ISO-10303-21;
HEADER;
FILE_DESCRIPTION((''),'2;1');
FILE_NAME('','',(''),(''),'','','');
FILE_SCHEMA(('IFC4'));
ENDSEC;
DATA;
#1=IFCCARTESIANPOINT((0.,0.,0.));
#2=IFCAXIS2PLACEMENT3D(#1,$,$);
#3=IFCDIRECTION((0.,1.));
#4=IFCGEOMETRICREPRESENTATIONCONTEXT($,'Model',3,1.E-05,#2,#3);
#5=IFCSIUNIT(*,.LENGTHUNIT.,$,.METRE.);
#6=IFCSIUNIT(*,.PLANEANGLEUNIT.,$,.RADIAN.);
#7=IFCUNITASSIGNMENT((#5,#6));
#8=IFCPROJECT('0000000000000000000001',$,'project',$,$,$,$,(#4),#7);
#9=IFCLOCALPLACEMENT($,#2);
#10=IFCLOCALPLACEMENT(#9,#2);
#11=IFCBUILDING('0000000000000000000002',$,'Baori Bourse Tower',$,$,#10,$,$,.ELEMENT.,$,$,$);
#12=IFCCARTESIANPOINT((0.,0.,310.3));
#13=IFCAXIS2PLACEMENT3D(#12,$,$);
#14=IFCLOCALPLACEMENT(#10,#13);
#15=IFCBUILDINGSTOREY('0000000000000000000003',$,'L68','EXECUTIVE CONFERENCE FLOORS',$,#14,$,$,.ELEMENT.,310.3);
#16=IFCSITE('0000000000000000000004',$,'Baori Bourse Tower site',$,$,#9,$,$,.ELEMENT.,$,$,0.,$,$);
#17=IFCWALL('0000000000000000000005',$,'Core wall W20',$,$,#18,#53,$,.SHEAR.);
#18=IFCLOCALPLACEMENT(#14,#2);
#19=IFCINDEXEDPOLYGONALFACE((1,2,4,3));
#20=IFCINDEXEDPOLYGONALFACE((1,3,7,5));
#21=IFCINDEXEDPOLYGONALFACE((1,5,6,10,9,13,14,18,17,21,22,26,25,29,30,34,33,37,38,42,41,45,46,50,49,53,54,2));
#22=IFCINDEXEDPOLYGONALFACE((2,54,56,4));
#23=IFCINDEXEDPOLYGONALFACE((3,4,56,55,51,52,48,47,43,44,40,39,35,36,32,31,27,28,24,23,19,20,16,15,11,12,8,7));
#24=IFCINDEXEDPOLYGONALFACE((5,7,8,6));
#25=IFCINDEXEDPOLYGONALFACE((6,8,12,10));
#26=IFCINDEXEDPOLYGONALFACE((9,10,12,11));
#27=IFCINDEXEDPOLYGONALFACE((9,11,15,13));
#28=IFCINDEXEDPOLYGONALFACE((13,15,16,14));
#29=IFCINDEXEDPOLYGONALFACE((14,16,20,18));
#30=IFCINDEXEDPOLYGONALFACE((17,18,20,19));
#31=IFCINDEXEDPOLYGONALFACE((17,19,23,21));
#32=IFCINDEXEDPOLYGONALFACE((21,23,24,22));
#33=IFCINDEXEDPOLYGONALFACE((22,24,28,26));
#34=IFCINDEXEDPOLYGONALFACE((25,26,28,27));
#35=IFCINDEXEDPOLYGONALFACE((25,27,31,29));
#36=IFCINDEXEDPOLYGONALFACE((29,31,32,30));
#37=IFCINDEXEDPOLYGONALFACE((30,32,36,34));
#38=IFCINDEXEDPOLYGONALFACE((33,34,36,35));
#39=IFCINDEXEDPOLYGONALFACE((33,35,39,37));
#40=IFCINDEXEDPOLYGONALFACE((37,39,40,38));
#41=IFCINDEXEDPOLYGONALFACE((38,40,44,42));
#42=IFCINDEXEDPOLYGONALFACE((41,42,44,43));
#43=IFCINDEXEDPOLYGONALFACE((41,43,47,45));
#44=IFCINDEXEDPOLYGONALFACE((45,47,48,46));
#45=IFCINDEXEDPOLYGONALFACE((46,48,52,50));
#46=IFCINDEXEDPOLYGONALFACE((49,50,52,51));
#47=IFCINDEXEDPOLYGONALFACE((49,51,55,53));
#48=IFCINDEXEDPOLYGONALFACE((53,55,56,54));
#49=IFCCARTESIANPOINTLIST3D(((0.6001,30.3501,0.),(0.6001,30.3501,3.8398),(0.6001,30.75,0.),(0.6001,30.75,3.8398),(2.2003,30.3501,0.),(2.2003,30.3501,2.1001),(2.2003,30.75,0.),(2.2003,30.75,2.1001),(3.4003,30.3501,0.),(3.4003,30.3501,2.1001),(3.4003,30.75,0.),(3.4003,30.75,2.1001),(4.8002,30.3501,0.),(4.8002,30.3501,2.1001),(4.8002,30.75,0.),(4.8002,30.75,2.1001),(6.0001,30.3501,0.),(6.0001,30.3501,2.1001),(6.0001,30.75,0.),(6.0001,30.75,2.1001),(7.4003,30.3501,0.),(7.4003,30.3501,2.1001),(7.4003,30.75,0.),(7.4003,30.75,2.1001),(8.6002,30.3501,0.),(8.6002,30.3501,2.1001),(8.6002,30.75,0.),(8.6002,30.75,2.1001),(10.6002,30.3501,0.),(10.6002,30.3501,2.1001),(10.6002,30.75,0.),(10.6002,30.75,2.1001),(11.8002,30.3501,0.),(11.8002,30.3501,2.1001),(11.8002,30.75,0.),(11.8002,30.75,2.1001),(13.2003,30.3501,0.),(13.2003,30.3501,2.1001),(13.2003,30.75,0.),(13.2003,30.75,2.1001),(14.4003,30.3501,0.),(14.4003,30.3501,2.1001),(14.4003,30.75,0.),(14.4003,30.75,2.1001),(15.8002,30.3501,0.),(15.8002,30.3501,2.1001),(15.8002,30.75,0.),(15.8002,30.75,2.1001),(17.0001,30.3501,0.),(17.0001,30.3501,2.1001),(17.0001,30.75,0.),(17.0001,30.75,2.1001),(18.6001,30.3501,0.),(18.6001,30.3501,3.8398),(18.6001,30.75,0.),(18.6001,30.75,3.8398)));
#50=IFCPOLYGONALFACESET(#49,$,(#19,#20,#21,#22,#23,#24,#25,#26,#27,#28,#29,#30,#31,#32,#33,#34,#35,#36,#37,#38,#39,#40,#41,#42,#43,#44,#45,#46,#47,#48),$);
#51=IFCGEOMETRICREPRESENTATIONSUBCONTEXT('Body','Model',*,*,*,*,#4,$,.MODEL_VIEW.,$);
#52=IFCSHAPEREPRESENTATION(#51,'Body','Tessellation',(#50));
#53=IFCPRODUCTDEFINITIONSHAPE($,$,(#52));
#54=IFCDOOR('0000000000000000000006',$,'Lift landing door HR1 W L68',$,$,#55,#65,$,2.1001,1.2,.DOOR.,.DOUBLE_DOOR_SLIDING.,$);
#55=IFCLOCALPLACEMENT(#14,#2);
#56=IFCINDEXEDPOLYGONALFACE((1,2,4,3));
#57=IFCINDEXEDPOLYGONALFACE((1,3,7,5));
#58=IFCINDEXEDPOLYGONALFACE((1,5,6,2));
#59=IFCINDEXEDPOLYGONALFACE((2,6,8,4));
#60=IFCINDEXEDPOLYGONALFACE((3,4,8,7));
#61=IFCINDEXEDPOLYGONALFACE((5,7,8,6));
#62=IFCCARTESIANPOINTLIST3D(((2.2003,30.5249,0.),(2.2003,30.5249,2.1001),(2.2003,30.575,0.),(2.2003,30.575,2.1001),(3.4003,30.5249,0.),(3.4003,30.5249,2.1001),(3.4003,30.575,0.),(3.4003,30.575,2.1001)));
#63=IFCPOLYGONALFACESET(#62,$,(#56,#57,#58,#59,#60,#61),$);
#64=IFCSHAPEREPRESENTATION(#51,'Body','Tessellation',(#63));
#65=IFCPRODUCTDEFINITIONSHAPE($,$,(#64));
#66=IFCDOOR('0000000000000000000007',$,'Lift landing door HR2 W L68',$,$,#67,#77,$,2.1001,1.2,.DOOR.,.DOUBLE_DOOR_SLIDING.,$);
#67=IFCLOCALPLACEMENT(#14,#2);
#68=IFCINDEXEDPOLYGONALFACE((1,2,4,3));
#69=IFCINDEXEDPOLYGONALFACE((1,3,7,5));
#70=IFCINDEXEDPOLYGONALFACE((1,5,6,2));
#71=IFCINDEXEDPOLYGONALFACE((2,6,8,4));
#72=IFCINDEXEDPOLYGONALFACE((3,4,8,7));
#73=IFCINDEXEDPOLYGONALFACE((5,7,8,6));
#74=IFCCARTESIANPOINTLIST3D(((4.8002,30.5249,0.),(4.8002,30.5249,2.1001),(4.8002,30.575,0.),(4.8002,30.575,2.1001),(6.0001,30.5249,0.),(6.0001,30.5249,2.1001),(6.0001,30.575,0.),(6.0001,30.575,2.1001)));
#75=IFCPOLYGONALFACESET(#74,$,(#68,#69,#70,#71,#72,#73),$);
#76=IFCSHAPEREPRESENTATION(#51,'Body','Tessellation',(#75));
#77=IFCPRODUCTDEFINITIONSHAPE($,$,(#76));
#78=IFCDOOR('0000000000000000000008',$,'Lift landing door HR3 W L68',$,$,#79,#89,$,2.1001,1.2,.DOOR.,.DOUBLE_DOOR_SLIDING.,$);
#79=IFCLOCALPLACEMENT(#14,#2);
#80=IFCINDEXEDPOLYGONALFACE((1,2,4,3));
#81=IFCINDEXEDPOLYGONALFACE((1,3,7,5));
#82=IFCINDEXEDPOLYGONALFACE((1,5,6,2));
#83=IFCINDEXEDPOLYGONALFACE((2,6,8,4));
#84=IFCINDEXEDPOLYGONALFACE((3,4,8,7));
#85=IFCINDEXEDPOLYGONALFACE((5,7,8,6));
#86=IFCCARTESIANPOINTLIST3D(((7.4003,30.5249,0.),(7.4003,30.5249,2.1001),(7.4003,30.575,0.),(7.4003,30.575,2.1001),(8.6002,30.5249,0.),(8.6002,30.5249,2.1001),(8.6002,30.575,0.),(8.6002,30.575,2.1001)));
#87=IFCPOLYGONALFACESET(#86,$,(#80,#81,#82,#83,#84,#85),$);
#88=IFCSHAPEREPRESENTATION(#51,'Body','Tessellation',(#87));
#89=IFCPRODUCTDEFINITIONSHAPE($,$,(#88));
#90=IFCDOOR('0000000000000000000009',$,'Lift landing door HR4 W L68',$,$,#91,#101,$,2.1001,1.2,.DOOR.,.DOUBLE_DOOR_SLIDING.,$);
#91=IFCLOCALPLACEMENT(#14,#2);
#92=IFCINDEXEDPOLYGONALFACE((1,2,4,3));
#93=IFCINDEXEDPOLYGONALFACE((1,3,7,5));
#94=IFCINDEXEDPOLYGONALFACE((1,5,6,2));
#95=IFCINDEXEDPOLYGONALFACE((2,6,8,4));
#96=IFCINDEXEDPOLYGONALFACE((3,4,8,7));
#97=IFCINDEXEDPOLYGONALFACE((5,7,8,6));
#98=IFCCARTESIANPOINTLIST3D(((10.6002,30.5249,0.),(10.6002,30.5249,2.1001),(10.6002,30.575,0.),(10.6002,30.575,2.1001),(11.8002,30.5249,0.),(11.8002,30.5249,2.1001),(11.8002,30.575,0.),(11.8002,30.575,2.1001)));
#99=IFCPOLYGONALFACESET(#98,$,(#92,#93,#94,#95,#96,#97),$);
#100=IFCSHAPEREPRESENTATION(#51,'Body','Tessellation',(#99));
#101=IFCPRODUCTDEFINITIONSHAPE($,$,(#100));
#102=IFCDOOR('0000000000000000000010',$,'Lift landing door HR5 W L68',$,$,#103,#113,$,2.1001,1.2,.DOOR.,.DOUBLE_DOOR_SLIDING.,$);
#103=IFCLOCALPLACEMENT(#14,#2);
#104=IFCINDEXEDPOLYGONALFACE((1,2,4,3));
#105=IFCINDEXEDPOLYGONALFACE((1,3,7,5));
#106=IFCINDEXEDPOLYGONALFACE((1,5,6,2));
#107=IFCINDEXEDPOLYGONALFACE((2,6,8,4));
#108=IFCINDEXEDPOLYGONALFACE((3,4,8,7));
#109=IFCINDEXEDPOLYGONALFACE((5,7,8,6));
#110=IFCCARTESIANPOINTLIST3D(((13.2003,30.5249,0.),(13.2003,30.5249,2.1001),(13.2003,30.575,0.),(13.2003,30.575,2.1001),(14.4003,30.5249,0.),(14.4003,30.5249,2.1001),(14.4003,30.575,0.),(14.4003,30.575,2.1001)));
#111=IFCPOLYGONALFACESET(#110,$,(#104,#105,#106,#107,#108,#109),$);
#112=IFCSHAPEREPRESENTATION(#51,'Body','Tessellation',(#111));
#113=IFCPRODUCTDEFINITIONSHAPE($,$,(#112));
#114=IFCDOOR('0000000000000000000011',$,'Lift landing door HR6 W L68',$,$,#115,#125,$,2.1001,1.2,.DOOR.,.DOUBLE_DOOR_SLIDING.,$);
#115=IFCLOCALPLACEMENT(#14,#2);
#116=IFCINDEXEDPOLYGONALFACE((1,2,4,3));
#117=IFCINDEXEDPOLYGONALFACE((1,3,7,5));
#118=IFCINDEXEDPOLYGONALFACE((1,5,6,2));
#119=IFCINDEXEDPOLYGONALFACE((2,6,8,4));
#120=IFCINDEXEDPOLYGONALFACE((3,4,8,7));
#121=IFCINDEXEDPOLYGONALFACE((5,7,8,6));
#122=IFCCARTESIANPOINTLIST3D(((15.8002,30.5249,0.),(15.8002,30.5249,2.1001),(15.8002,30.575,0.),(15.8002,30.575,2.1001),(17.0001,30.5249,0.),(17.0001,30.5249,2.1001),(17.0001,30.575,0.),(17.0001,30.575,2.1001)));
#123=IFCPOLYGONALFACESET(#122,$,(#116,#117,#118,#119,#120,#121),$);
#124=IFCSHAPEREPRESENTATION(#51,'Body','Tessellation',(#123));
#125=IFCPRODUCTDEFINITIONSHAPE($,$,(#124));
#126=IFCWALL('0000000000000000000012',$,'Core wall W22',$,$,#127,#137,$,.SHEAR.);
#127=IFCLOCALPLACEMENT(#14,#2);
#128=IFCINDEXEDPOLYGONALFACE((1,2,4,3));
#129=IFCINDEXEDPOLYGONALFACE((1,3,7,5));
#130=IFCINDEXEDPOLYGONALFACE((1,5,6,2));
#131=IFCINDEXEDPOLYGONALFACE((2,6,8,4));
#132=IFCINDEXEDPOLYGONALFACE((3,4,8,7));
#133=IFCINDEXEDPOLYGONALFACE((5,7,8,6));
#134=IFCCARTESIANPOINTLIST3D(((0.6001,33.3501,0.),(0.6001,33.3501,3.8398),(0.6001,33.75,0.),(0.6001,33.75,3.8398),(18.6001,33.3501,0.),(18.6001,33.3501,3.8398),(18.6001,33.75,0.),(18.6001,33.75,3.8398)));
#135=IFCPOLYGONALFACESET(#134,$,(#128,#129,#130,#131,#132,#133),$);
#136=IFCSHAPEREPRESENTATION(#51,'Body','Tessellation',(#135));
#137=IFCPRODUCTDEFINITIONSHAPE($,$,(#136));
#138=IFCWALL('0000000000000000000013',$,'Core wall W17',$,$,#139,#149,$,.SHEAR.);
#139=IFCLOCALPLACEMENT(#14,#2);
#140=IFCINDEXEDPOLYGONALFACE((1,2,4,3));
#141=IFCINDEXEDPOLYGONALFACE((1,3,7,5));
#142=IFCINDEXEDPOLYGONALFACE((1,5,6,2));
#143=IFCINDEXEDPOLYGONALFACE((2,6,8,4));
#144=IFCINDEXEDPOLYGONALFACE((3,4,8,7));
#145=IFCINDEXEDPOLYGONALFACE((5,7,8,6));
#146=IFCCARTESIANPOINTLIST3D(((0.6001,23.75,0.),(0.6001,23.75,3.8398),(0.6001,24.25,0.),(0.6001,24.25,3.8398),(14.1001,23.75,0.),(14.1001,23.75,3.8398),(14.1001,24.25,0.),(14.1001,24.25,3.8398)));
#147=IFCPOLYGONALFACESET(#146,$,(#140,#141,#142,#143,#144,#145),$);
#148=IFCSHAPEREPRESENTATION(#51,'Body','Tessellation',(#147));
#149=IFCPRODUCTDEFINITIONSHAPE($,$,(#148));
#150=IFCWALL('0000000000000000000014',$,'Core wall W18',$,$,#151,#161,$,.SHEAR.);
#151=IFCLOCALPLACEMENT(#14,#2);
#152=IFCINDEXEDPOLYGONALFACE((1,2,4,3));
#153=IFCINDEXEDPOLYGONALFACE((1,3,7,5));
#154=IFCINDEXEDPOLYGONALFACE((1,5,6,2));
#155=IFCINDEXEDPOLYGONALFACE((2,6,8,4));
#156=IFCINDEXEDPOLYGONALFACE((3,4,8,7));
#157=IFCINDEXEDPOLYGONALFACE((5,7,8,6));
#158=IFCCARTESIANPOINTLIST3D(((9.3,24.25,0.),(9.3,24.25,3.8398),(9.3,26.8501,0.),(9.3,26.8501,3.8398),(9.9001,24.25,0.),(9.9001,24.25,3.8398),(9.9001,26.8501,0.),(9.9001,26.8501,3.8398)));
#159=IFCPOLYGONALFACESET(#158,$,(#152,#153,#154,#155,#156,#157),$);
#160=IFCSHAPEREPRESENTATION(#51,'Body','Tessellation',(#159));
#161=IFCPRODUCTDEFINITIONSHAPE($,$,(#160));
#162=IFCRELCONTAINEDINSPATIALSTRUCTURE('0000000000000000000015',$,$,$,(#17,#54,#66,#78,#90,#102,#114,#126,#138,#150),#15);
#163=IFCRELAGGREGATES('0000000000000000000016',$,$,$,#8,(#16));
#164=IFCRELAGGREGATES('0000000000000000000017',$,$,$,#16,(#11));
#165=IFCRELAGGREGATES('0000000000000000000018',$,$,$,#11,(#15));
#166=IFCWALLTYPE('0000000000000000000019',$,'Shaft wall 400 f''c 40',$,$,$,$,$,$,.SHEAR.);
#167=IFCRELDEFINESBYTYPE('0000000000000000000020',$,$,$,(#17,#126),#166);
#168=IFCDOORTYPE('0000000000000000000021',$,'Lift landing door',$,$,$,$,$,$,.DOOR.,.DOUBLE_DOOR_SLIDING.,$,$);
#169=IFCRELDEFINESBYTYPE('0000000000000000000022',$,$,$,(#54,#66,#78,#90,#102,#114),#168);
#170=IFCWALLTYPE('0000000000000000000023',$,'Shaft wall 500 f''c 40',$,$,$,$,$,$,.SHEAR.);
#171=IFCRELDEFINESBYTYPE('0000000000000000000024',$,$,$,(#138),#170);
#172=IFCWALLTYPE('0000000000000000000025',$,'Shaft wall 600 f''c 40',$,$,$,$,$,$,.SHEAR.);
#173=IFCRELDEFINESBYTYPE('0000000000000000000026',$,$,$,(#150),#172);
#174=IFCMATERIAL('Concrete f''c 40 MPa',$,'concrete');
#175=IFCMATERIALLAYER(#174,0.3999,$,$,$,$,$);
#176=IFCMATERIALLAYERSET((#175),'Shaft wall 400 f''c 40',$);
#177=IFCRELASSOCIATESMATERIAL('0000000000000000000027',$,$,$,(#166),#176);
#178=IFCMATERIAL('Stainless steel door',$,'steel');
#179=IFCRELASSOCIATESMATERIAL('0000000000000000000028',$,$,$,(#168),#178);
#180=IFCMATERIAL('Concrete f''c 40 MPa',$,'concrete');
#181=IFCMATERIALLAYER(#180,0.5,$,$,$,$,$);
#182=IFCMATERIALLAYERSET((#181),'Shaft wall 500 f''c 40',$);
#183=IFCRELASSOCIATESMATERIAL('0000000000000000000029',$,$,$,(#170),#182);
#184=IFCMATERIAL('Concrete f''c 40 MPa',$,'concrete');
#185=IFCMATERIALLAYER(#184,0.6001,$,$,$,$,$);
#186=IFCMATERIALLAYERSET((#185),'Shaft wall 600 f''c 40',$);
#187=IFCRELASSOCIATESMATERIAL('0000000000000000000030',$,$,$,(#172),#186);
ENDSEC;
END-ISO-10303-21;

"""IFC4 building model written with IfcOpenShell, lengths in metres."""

from ifc_helpers import new_model, si_unit, direction, frame, frame_2d, origin, place, context, subcontext, project, spatial, rectangle, extrude, material, layer, layer_set, type_object, element, fill, save


model = new_model("IFC4")

# Units and contexts
model_context = context("Model", 3, precision=1e-05, world=origin(), true_north=direction((0.0, 1.0)))
body_context = subcontext(model_context, "Body", "Model", "MODEL_VIEW")
ifc_project = project(units=[si_unit("LENGTHUNIT", "METRE"), si_unit("PLANEANGLEUNIT", "RADIAN")], contexts=[model_context])

# Site, building, storey
site_placement = place(None, origin())
site = spatial("IfcSite", under=ifc_project, at=site_placement, Name="Baori Bourse Tower site", CompositionType="ELEMENT", RefElevation=0.0)
building_placement = place(site_placement, origin())
building = spatial("IfcBuilding", under=site, at=building_placement, Name="Baori Bourse Tower", CompositionType="ELEMENT")
storey_placement = place(building_placement, frame((0.0, 0.0, 310.3)))
storey = spatial("IfcBuildingStorey", under=building, at=storey_placement, Name="L68", Description="EXECUTIVE CONFERENCE FLOORS", CompositionType="ELEMENT", Elevation=310.3)

# Shared definitions
ifc_material_1 = material(Name="Concrete f'c 40 MPa", Category="concrete")
ifc_layer_1 = layer(ifc_material_1, 0.3999)
ifc_layer_set_1 = layer_set([ifc_layer_1], Name="Shaft wall 400 f'c 40")
wall_type_1 = type_object("IfcWallType", Name="Shaft wall 400 f'c 40", PredefinedType="SHEAR", material=ifc_layer_set_1)

# Wall, openings, doors
ifc_material_2 = material(Name="Stainless steel door", Category="steel")
door_type_1 = type_object("IfcDoorType", Name="Lift landing door", OperationType="DOUBLE_DOOR_SLIDING", PredefinedType="DOOR", material=ifc_material_2)
wall_1_placement = place(storey_placement, frame((0.6001, 30.55, 0.0), z_axis=(0.0, 0.0, 1.0), x_axis=(1.0, 0.0, 0.0)))
wall_1 = element("IfcWall", 1, at=wall_1_placement, inside=storey, type_object=wall_type_1, Name="Core wall W20", PredefinedType="SHEAR", context=body_context, shape_type="SweptSolid", body=[
    extrude(rectangle(XDim=18.0, YDim=0.3999, at=frame_2d((9.0, 0.0))), origin(), (0.0, 0.0, 1.0), 3.8398),
])
opening_1_placement = place(wall_1_placement, frame((1.6001, 0.0, 0.0)))
opening_1 = element("IfcOpeningElement", 2, at=opening_1_placement, cuts=wall_1, PredefinedType="OPENING", context=body_context, shape_type="SweptSolid", body=[
    extrude(rectangle(XDim=1.2, YDim=2.1001, at=frame_2d((0.6001, 1.05))), frame((0.0, 0.21, 0.0), z_axis=(0.0, -1.0, 0.0), x_axis=(1.0, 0.0, 0.0)), (0.0, 0.0, 1.0), 0.4199),
])
opening_2_placement = place(wall_1_placement, frame((4.2, 0.0, 0.0)))
opening_2 = element("IfcOpeningElement", 3, at=opening_2_placement, cuts=wall_1, PredefinedType="OPENING", context=body_context, shape_type="SweptSolid", body=[
    extrude(rectangle(XDim=1.2, YDim=2.1001, at=frame_2d((0.6001, 1.05))), frame((0.0, 0.21, 0.0), z_axis=(0.0, -1.0, 0.0), x_axis=(1.0, 0.0, 0.0)), (0.0, 0.0, 1.0), 0.4199),
])
opening_3_placement = place(wall_1_placement, frame((6.8, 0.0, 0.0)))
opening_3 = element("IfcOpeningElement", 4, at=opening_3_placement, cuts=wall_1, PredefinedType="OPENING", context=body_context, shape_type="SweptSolid", body=[
    extrude(rectangle(XDim=1.2, YDim=2.1001, at=frame_2d((0.6001, 1.05))), frame((0.0, 0.21, 0.0), z_axis=(0.0, -1.0, 0.0), x_axis=(1.0, 0.0, 0.0)), (0.0, 0.0, 1.0), 0.4199),
])
opening_4_placement = place(wall_1_placement, frame((10.0, 0.0, 0.0)))
opening_4 = element("IfcOpeningElement", 5, at=opening_4_placement, cuts=wall_1, PredefinedType="OPENING", context=body_context, shape_type="SweptSolid", body=[
    extrude(rectangle(XDim=1.2, YDim=2.1001, at=frame_2d((0.6001, 1.05))), frame((0.0, 0.21, 0.0), z_axis=(0.0, -1.0, 0.0), x_axis=(1.0, 0.0, 0.0)), (0.0, 0.0, 1.0), 0.4199),
])
opening_5_placement = place(wall_1_placement, frame((12.6001, 0.0, 0.0)))
opening_5 = element("IfcOpeningElement", 6, at=opening_5_placement, cuts=wall_1, PredefinedType="OPENING", context=body_context, shape_type="SweptSolid", body=[
    extrude(rectangle(XDim=1.2, YDim=2.1001, at=frame_2d((0.6001, 1.05))), frame((0.0, 0.21, 0.0), z_axis=(0.0, -1.0, 0.0), x_axis=(1.0, 0.0, 0.0)), (0.0, 0.0, 1.0), 0.4199),
])
opening_6_placement = place(wall_1_placement, frame((15.2, 0.0, 0.0)))
opening_6 = element("IfcOpeningElement", 7, at=opening_6_placement, cuts=wall_1, PredefinedType="OPENING", context=body_context, shape_type="SweptSolid", body=[
    extrude(rectangle(XDim=1.2, YDim=2.1001, at=frame_2d((0.6001, 1.05))), frame((0.0, 0.21, 0.0), z_axis=(0.0, -1.0, 0.0), x_axis=(1.0, 0.0, 0.0)), (0.0, 0.0, 1.0), 0.4199),
])
door_1_placement = place(opening_1_placement, origin())
door_1 = element("IfcDoor", 8, at=door_1_placement, inside=storey, type_object=door_type_1, Name="Lift landing door HR1 W L68", OperationType="DOUBLE_DOOR_SLIDING", OverallHeight=2.1001, OverallWidth=1.2, PredefinedType="DOOR", context=body_context, shape_type="SweptSolid", body=[
    extrude(rectangle(XDim=1.2, YDim=2.1001, at=frame_2d((0.6001, 1.05))), frame((0.0, 0.0249, 0.0), z_axis=(0.0, -1.0, 0.0), x_axis=(1.0, 0.0, 0.0)), (0.0, 0.0, 1.0), 0.05),
])
fill(opening_1, door_1)
door_2_placement = place(opening_2_placement, origin())
door_2 = element("IfcDoor", 9, at=door_2_placement, inside=storey, type_object=door_type_1, Name="Lift landing door HR2 W L68", OperationType="DOUBLE_DOOR_SLIDING", OverallHeight=2.1001, OverallWidth=1.2, PredefinedType="DOOR", context=body_context, shape_type="SweptSolid", body=[
    extrude(rectangle(XDim=1.2, YDim=2.1001, at=frame_2d((0.6001, 1.05))), frame((0.0, 0.0249, 0.0), z_axis=(0.0, -1.0, 0.0), x_axis=(1.0, 0.0, 0.0)), (0.0, 0.0, 1.0), 0.05),
])
fill(opening_2, door_2)
door_3_placement = place(opening_3_placement, origin())
door_3 = element("IfcDoor", 10, at=door_3_placement, inside=storey, type_object=door_type_1, Name="Lift landing door HR3 W L68", OperationType="DOUBLE_DOOR_SLIDING", OverallHeight=2.1001, OverallWidth=1.2, PredefinedType="DOOR", context=body_context, shape_type="SweptSolid", body=[
    extrude(rectangle(XDim=1.2, YDim=2.1001, at=frame_2d((0.6001, 1.05))), frame((0.0, 0.0249, 0.0), z_axis=(0.0, -1.0, 0.0), x_axis=(1.0, 0.0, 0.0)), (0.0, 0.0, 1.0), 0.05),
])
fill(opening_3, door_3)
door_4_placement = place(opening_4_placement, origin())
door_4 = element("IfcDoor", 11, at=door_4_placement, inside=storey, type_object=door_type_1, Name="Lift landing door HR4 W L68", OperationType="DOUBLE_DOOR_SLIDING", OverallHeight=2.1001, OverallWidth=1.2, PredefinedType="DOOR", context=body_context, shape_type="SweptSolid", body=[
    extrude(rectangle(XDim=1.2, YDim=2.1001, at=frame_2d((0.6001, 1.05))), frame((0.0, 0.0249, 0.0), z_axis=(0.0, -1.0, 0.0), x_axis=(1.0, 0.0, 0.0)), (0.0, 0.0, 1.0), 0.05),
])
fill(opening_4, door_4)
door_5_placement = place(opening_5_placement, origin())
door_5 = element("IfcDoor", 12, at=door_5_placement, inside=storey, type_object=door_type_1, Name="Lift landing door HR5 W L68", OperationType="DOUBLE_DOOR_SLIDING", OverallHeight=2.1001, OverallWidth=1.2, PredefinedType="DOOR", context=body_context, shape_type="SweptSolid", body=[
    extrude(rectangle(XDim=1.2, YDim=2.1001, at=frame_2d((0.6001, 1.05))), frame((0.0, 0.0249, 0.0), z_axis=(0.0, -1.0, 0.0), x_axis=(1.0, 0.0, 0.0)), (0.0, 0.0, 1.0), 0.05),
])
fill(opening_5, door_5)
door_6_placement = place(opening_6_placement, origin())
door_6 = element("IfcDoor", 13, at=door_6_placement, inside=storey, type_object=door_type_1, Name="Lift landing door HR6 W L68", OperationType="DOUBLE_DOOR_SLIDING", OverallHeight=2.1001, OverallWidth=1.2, PredefinedType="DOOR", context=body_context, shape_type="SweptSolid", body=[
    extrude(rectangle(XDim=1.2, YDim=2.1001, at=frame_2d((0.6001, 1.05))), frame((0.0, 0.0249, 0.0), z_axis=(0.0, -1.0, 0.0), x_axis=(1.0, 0.0, 0.0)), (0.0, 0.0, 1.0), 0.05),
])
fill(opening_6, door_6)

# Walls
wall_2_placement = place(storey_placement, frame((0.6001, 33.55, 0.0), z_axis=(0.0, 0.0, 1.0), x_axis=(1.0, 0.0, 0.0)))
element("IfcWall", 14, at=wall_2_placement, inside=storey, type_object=wall_type_1, Name="Core wall W22", PredefinedType="SHEAR", context=body_context, shape_type="SweptSolid", body=[
    extrude(rectangle(XDim=18.0, YDim=0.3999, at=frame_2d((9.0, 0.0))), origin(), (0.0, 0.0, 1.0), 3.8398),
])
ifc_material_3 = material(Name="Concrete f'c 40 MPa", Category="concrete")
ifc_layer_2 = layer(ifc_material_3, 0.5)
ifc_layer_set_2 = layer_set([ifc_layer_2], Name="Shaft wall 500 f'c 40")
wall_type_2 = type_object("IfcWallType", Name="Shaft wall 500 f'c 40", PredefinedType="SHEAR", material=ifc_layer_set_2)
wall_3_placement = place(storey_placement, frame((0.6001, 24.0, 0.0), z_axis=(0.0, 0.0, 1.0), x_axis=(1.0, 0.0, 0.0)))
element("IfcWall", 15, at=wall_3_placement, inside=storey, type_object=wall_type_2, Name="Core wall W17", PredefinedType="SHEAR", context=body_context, shape_type="SweptSolid", body=[
    extrude(rectangle(XDim=13.5, YDim=0.5, at=frame_2d((6.75, 0.0))), origin(), (0.0, 0.0, 1.0), 3.8398),
])
ifc_material_4 = material(Name="Concrete f'c 40 MPa", Category="concrete")
ifc_layer_3 = layer(ifc_material_4, 0.6001)
ifc_layer_set_3 = layer_set([ifc_layer_3], Name="Shaft wall 600 f'c 40")
wall_type_3 = type_object("IfcWallType", Name="Shaft wall 600 f'c 40", PredefinedType="SHEAR", material=ifc_layer_set_3)
for number, where, z_axis, x_axis, name in (
    (16, (9.6001, 24.25, 0.0), (0.0, 0.0, 1.0), (0.0, 1.0, 0.0), "Core wall W18"),
):
    element("IfcWall", number, at=place(storey_placement, frame(where, z_axis=z_axis, x_axis=x_axis)), inside=storey, type_object=wall_type_3, Name=name, PredefinedType="SHEAR", context=body_context, shape_type="SweptSolid", body=[
        extrude(rectangle(XDim=2.6001, YDim=0.6001, at=frame_2d((1.3, 0.0))), origin(), (0.0, 0.0, 1.0), 3.8398),
    ])

save(model, "model.ifc")
